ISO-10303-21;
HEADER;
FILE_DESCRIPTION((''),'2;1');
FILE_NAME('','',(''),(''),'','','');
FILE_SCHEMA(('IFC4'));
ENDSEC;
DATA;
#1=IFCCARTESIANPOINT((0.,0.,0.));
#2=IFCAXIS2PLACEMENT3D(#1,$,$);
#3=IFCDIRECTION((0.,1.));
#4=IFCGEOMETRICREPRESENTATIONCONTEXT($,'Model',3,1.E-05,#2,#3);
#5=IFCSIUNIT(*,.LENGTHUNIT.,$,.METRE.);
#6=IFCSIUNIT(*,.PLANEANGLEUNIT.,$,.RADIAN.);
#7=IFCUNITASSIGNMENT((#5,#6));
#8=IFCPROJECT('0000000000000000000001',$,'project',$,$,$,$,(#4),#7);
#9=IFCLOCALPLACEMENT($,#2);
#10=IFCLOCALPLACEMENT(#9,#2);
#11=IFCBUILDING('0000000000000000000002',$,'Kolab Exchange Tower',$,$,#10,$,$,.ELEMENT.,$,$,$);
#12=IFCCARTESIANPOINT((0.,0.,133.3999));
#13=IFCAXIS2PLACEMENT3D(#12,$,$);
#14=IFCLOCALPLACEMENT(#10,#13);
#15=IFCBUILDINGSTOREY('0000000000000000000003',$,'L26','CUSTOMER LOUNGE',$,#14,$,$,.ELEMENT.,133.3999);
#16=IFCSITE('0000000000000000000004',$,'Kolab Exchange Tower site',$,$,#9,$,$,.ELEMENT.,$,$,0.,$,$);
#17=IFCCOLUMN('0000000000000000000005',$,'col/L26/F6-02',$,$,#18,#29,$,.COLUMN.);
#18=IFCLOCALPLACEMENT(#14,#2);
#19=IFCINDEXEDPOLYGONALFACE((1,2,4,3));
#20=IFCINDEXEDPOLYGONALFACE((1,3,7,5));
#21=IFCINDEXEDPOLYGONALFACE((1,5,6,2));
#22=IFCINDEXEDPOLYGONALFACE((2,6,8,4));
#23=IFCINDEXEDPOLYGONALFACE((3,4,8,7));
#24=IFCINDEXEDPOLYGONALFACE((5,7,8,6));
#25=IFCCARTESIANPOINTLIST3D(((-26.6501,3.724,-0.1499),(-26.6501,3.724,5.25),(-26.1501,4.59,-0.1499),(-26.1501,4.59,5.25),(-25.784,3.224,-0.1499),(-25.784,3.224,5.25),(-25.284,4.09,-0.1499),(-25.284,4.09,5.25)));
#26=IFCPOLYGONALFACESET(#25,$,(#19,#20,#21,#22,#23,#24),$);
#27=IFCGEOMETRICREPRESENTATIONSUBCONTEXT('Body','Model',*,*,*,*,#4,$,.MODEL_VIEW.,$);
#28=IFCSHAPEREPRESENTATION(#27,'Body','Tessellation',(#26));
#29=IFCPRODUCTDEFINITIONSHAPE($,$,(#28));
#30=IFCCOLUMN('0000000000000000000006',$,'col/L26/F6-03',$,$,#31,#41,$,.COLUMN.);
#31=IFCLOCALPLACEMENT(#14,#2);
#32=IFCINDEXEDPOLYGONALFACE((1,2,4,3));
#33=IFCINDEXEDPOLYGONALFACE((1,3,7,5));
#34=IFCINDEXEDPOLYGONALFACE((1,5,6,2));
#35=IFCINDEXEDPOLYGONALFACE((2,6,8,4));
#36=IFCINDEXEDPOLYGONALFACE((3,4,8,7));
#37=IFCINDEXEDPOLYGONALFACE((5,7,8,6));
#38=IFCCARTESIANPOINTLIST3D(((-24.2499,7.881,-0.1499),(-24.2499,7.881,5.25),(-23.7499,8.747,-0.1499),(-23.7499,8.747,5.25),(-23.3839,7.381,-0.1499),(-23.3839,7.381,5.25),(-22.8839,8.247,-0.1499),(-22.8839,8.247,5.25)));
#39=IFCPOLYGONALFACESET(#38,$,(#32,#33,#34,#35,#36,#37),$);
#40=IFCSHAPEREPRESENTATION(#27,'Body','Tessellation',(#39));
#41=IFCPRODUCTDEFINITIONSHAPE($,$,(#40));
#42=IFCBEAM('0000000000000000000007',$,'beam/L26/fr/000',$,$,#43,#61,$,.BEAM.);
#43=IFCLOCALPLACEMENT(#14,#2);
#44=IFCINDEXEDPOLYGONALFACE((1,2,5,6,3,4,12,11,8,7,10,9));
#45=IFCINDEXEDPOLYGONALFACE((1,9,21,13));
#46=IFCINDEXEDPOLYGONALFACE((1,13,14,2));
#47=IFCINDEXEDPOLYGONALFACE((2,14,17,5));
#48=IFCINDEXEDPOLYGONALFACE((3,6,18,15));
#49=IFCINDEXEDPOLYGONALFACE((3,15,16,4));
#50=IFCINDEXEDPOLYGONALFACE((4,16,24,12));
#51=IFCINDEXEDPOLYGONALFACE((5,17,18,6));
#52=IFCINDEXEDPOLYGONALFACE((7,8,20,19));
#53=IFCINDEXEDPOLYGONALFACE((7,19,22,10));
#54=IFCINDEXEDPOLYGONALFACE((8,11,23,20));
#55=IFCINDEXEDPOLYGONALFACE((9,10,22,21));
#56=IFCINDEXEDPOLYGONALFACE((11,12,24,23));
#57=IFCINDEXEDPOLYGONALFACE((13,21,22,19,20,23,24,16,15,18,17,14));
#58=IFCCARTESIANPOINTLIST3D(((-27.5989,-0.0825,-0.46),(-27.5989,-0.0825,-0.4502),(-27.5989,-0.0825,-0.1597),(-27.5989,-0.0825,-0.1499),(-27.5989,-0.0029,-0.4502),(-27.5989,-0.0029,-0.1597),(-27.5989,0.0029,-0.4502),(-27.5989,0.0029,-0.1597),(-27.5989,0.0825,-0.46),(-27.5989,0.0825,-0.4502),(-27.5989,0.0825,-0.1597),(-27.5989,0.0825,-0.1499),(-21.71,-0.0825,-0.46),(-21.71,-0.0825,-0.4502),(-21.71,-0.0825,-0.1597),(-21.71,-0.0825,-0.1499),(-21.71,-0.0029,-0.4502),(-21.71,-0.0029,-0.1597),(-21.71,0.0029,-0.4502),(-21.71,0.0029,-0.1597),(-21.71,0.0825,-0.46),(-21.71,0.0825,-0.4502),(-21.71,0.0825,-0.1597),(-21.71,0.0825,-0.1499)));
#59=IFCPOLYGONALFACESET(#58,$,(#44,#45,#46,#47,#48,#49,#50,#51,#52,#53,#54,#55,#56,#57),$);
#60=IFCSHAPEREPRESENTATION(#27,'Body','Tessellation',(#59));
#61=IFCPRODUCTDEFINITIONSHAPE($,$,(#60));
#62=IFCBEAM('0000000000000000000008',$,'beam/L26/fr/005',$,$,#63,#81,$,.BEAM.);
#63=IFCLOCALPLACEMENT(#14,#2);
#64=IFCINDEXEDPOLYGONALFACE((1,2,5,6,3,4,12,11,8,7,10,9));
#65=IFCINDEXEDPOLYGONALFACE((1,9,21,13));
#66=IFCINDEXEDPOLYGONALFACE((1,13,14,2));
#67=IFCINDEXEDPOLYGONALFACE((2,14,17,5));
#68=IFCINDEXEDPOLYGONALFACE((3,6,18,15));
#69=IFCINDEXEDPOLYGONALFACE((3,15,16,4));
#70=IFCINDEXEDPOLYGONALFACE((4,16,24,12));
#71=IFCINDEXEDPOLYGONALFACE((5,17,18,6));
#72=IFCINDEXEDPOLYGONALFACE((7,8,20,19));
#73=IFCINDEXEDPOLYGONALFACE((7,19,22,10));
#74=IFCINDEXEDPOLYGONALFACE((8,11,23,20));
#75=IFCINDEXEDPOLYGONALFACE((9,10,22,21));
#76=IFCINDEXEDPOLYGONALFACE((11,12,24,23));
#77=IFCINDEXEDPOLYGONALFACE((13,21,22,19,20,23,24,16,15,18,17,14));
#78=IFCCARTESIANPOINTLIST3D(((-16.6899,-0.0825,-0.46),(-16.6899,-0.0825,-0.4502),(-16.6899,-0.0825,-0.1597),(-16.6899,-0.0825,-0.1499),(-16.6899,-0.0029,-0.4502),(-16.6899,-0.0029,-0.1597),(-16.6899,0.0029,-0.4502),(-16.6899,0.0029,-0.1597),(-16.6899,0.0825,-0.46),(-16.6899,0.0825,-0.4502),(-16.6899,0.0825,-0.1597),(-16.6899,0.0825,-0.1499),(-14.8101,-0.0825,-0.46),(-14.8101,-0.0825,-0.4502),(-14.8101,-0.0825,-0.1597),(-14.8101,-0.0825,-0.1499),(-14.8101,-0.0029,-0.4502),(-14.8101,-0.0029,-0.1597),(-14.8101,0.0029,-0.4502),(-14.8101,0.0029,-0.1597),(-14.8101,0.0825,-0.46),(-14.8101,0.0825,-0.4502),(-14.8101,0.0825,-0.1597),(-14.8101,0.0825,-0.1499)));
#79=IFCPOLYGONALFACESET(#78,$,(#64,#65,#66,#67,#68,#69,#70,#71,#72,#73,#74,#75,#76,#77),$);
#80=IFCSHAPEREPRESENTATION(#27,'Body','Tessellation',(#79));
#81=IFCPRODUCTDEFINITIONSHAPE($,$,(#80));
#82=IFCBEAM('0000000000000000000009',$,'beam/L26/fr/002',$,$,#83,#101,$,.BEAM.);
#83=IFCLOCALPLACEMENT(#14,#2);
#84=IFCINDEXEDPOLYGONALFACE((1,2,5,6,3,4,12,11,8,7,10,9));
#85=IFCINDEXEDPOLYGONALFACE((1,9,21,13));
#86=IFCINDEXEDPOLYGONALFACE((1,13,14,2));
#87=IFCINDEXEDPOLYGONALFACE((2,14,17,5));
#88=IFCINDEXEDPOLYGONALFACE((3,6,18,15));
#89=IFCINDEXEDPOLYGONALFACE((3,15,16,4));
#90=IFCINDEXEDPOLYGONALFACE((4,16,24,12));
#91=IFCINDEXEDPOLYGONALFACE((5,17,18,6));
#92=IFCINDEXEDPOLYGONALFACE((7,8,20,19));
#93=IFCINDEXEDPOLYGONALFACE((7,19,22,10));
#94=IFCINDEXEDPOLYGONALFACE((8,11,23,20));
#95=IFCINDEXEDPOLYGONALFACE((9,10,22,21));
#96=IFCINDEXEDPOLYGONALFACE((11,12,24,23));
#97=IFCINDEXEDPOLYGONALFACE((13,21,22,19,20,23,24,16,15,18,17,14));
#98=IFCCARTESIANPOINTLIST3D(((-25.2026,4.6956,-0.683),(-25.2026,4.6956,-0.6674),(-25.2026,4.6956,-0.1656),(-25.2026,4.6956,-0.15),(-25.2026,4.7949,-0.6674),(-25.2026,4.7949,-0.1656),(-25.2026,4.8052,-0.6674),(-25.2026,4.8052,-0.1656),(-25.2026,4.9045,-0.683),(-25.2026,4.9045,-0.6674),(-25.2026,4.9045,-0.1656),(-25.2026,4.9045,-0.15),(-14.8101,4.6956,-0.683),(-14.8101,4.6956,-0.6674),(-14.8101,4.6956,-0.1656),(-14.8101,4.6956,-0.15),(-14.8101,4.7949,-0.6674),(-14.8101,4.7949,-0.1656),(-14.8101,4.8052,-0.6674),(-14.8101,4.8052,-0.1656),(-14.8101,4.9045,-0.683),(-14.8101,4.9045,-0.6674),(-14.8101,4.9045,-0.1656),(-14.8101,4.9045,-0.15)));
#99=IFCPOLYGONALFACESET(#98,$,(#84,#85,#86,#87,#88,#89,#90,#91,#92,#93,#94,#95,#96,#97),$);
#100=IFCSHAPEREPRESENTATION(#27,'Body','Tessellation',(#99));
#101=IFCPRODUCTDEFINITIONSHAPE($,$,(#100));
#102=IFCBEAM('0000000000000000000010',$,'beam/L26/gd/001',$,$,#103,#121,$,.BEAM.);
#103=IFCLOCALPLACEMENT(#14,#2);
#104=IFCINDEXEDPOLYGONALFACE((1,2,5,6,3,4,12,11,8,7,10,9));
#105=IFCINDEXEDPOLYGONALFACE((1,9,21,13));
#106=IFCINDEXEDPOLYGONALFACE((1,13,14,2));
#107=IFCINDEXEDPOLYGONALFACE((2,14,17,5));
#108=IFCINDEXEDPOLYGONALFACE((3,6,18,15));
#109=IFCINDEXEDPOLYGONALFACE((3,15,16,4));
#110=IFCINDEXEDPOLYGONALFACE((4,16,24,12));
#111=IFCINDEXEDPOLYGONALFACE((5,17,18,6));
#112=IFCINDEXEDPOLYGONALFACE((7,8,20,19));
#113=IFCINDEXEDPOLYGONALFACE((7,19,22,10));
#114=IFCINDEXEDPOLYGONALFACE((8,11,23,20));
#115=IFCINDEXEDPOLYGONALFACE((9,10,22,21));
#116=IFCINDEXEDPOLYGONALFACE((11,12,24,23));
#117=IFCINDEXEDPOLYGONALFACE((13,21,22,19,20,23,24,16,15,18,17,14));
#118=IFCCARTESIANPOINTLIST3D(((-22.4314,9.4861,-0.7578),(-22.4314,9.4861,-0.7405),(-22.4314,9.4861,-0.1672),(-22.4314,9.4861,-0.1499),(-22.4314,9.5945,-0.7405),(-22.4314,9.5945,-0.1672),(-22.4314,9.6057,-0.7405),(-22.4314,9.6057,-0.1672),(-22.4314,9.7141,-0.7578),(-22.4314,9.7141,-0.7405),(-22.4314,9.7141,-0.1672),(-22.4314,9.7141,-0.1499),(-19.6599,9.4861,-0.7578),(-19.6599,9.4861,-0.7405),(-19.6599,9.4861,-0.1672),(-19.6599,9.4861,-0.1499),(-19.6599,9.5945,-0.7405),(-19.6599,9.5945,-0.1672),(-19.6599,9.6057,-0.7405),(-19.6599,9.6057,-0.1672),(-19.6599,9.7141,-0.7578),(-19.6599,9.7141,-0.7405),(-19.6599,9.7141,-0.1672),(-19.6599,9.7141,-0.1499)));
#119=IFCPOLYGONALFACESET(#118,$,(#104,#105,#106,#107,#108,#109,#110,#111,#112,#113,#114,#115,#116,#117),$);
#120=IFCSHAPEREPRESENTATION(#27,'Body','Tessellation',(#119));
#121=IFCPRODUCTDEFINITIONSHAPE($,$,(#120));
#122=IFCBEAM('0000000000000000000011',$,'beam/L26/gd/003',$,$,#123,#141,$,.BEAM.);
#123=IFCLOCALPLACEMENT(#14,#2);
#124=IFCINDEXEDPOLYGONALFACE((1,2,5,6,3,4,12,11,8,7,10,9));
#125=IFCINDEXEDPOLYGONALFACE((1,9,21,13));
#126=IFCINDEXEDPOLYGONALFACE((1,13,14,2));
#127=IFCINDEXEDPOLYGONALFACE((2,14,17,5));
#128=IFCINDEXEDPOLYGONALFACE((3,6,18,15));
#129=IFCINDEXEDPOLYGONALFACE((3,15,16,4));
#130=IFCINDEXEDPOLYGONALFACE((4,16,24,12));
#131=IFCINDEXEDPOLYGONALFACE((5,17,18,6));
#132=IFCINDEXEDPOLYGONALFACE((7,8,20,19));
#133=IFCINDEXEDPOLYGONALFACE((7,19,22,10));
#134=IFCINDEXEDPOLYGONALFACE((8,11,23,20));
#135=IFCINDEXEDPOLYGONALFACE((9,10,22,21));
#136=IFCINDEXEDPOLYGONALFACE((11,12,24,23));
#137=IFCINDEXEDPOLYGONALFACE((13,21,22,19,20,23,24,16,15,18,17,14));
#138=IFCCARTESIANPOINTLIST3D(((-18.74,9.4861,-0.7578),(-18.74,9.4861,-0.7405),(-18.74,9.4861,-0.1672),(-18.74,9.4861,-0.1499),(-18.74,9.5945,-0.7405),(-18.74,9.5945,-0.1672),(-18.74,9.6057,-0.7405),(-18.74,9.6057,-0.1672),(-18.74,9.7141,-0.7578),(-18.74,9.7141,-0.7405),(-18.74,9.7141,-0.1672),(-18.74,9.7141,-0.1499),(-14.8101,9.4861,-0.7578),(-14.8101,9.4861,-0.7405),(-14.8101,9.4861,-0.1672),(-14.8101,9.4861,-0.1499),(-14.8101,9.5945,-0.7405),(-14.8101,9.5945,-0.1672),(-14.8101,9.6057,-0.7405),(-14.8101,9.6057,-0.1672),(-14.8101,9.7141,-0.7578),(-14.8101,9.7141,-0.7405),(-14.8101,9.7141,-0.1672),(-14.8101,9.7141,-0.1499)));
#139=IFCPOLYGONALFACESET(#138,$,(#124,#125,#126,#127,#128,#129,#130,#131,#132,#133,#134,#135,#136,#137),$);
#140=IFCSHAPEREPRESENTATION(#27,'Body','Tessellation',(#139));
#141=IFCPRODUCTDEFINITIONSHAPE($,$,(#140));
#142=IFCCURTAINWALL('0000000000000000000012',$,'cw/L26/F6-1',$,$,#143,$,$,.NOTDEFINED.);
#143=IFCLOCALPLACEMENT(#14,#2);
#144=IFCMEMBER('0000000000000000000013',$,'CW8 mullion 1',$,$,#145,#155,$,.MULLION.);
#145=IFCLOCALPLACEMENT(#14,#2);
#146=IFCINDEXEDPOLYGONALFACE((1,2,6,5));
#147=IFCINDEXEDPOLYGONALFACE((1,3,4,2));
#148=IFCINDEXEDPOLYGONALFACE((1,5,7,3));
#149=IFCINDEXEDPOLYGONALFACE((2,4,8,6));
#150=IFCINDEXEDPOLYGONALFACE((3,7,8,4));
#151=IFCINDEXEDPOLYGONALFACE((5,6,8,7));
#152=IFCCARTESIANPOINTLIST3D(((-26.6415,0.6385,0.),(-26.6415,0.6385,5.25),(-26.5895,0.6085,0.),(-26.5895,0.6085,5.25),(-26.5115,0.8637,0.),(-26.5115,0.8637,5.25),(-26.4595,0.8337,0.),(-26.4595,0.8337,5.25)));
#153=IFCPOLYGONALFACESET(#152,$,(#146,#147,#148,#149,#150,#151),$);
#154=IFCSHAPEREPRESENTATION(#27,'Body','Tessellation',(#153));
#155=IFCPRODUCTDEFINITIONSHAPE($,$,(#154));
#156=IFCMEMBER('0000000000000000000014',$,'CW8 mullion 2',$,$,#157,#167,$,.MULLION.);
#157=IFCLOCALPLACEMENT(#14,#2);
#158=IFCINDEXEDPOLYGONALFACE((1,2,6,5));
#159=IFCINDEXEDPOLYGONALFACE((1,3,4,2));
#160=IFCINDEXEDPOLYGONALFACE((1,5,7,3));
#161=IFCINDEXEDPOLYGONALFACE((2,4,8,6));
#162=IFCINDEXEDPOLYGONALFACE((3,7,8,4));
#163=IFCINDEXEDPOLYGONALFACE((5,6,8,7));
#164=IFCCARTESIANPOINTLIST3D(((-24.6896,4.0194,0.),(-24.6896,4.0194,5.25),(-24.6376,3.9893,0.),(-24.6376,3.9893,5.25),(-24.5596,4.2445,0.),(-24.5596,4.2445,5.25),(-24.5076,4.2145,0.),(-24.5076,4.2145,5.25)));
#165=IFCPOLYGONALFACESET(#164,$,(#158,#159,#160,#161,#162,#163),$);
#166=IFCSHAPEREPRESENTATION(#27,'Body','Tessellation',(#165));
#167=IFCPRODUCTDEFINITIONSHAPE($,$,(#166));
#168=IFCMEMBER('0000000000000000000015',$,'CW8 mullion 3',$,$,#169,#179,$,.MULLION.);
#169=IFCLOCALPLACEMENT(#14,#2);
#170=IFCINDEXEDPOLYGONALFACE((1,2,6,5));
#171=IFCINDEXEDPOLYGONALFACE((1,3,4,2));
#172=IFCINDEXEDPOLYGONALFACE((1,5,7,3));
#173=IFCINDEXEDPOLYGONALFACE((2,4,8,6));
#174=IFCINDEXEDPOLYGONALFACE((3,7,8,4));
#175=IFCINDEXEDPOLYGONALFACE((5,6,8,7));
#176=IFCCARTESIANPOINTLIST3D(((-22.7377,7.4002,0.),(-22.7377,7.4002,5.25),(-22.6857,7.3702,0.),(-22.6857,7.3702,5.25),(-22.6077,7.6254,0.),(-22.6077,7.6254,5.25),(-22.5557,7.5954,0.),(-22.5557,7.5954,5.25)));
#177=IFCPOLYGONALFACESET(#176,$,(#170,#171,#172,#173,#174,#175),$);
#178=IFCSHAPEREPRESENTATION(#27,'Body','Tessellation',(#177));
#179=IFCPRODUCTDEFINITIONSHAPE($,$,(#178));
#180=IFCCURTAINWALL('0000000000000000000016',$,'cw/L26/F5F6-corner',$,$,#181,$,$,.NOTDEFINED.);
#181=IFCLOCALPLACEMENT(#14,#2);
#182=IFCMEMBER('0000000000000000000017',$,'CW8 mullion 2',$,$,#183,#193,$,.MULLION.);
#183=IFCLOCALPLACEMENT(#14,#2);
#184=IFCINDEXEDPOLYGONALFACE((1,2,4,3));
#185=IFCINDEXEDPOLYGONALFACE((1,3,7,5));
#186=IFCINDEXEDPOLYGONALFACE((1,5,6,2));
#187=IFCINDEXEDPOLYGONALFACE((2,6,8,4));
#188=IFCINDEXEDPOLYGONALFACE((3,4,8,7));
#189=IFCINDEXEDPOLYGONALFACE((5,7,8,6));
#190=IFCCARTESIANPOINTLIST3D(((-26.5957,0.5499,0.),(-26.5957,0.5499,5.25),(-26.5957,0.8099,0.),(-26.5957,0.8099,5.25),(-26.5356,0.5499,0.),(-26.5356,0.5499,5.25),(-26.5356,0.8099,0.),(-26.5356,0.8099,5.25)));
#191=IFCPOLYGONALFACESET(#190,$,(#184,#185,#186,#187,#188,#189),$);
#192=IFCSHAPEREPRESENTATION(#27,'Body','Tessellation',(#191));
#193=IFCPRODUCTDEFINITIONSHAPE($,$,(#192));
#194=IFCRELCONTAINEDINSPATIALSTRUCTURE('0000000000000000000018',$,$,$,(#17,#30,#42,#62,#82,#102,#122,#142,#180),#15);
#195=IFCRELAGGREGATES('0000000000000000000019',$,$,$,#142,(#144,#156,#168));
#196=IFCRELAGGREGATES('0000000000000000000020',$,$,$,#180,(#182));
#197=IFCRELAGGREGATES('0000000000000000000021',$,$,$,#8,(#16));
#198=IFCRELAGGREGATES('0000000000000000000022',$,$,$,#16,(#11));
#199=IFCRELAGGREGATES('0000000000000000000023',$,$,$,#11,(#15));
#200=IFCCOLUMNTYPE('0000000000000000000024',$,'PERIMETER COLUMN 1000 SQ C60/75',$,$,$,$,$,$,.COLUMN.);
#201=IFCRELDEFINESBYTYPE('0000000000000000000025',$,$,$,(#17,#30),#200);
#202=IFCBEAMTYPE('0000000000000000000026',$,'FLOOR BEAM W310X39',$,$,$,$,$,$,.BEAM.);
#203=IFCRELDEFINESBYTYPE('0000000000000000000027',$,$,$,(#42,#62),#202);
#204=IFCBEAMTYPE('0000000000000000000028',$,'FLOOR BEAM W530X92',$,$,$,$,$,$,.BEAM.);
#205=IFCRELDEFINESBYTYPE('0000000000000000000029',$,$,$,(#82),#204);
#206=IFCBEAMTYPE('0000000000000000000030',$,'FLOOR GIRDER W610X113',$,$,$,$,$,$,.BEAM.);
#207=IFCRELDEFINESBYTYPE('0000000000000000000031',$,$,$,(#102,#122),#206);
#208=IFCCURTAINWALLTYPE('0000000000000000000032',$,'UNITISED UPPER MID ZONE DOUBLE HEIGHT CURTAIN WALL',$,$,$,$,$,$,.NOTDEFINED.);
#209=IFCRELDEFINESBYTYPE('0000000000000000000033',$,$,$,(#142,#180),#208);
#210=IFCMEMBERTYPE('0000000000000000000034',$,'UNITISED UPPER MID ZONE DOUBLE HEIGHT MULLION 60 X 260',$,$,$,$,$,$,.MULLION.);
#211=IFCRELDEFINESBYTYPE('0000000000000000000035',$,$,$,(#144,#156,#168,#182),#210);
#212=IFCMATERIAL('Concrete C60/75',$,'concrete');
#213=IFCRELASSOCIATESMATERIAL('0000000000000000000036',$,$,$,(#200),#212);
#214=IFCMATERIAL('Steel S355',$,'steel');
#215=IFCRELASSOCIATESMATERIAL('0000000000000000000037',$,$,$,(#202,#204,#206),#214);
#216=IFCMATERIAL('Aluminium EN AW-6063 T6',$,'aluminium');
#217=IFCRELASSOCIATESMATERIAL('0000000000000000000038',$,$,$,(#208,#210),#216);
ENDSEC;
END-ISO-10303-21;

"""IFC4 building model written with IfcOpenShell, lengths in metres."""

from ifc_helpers import new_model, si_unit, direction, frame, origin, origin_2d, place, context, subcontext, project, spatial, rectangle, i_section, extrude, material, material_profile, profile_set, type_object, element, aggregate, save


model = new_model("IFC4")

# Units and contexts
model_context = context("Model", 3, precision=1e-05, world=origin(), true_north=direction((0.0, 1.0)))
body_context = subcontext(model_context, "Body", "Model", "MODEL_VIEW")
ifc_project = project(units=[si_unit("LENGTHUNIT", "METRE"), si_unit("PLANEANGLEUNIT", "RADIAN")], contexts=[model_context])

# Site, building, storey
site_placement = place(None, origin())
site = spatial("IfcSite", under=ifc_project, at=site_placement, Name="Kolab Exchange Tower site", CompositionType="ELEMENT", RefElevation=0.0)
building_placement = place(site_placement, origin())
building = spatial("IfcBuilding", under=site, at=building_placement, Name="Kolab Exchange Tower", CompositionType="ELEMENT")
storey_placement = place(building_placement, frame((0.0, 0.0, 133.3999)))
storey = spatial("IfcBuildingStorey", under=building, at=storey_placement, Name="L26", Description="CUSTOMER LOUNGE", CompositionType="ELEMENT", Elevation=133.3999)

# Columns
ifc_material_1 = material(Name="Concrete C60/75", Category="concrete")
ifc_material_profile_1 = material_profile(ifc_material_1, rectangle(XDim=1.0, YDim=1.0, at=origin_2d()), Name="RC1000")
ifc_profile_set_1 = profile_set([ifc_material_profile_1], Name="Concrete C60/75")
column_type = type_object("IfcColumnType", Name="PERIMETER COLUMN 1000 SQ C60/75", PredefinedType="COLUMN", material=ifc_profile_set_1)
for number, where, z_axis, x_axis, name in (
    (1, (-25.967, 3.907, -0.1499), (0.0, 0.0, 1.0), (0.5, 0.866025, 0.0), "col/L26/F6-02"),
    (2, (-23.5669, 8.064, -0.1499), (0.0, 0.0, 1.0), (0.5, 0.866025, 0.0), "col/L26/F6-03"),
):
    element("IfcColumn", number, at=place(storey_placement, frame(where, z_axis=z_axis, x_axis=x_axis)), inside=storey, type_object=column_type, Name=name, PredefinedType="COLUMN", context=body_context, shape_type="SweptSolid", body=[
        extrude(rectangle(XDim=1.0, YDim=1.0, at=origin_2d()), origin(), (0.0, 0.0, 1.0), 5.3999),
    ])

# Beams
ifc_material_2 = material(Name="Steel S355", Category="steel")
ifc_material_profile_2 = material_profile(ifc_material_2, i_section(OverallWidth=0.165, OverallDepth=0.3101, WebThickness=0.0059, FlangeThickness=0.0098, at=origin_2d()), Name="W310X39")
ifc_profile_set_2 = profile_set([ifc_material_profile_2], Name="Steel S355")
beam_type_1 = type_object("IfcBeamType", Name="FLOOR BEAM W310X39", PredefinedType="BEAM", material=ifc_profile_set_2)
beam_1_placement = place(storey_placement, frame((-27.5989, 0.0, -0.3049), z_axis=(1.0, 0.0, 0.0), x_axis=(0.0, 1.0, 0.0)))
element("IfcBeam", 3, at=beam_1_placement, inside=storey, type_object=beam_type_1, Name="beam/L26/fr/000", PredefinedType="BEAM", context=body_context, shape_type="SweptSolid", body=[
    extrude(i_section(OverallWidth=0.165, OverallDepth=0.3101, WebThickness=0.0059, FlangeThickness=0.0098, at=origin_2d()), origin(), (0.0, 0.0, 1.0), 5.8889),
])
beam_2_placement = place(storey_placement, frame((-16.6899, 0.0, -0.3049), z_axis=(1.0, 0.0, 0.0), x_axis=(0.0, 1.0, 0.0)))
element("IfcBeam", 4, at=beam_2_placement, inside=storey, type_object=beam_type_1, Name="beam/L26/fr/005", PredefinedType="BEAM", context=body_context, shape_type="SweptSolid", body=[
    extrude(i_section(OverallWidth=0.165, OverallDepth=0.3101, WebThickness=0.0059, FlangeThickness=0.0098, at=origin_2d()), origin(), (0.0, 0.0, 1.0), 1.8799),
])
ifc_material_profile_3 = material_profile(ifc_material_2, i_section(OverallWidth=0.209, OverallDepth=0.533, WebThickness=0.0103, FlangeThickness=0.0156, at=origin_2d()), Name="W530X92")
ifc_profile_set_3 = profile_set([ifc_material_profile_3], Name="Steel S355")
beam_type_2 = type_object("IfcBeamType", Name="FLOOR BEAM W530X92", PredefinedType="BEAM", material=ifc_profile_set_3)
beam_3_placement = place(storey_placement, frame((-25.2026, 4.8, -0.4165), z_axis=(1.0, 0.0, 0.0), x_axis=(0.0, 1.0, 0.0)))
element("IfcBeam", 5, at=beam_3_placement, inside=storey, type_object=beam_type_2, Name="beam/L26/fr/002", PredefinedType="BEAM", context=body_context, shape_type="SweptSolid", body=[
    extrude(i_section(OverallWidth=0.209, OverallDepth=0.533, WebThickness=0.0103, FlangeThickness=0.0156, at=origin_2d()), origin(), (0.0, 0.0, 1.0), 10.3926),
])
ifc_material_profile_4 = material_profile(ifc_material_2, i_section(OverallWidth=0.228, OverallDepth=0.6079, WebThickness=0.0112, FlangeThickness=0.0173, at=origin_2d()), Name="W610X113")
ifc_profile_set_4 = profile_set([ifc_material_profile_4], Name="Steel S355")
beam_type_3 = type_object("IfcBeamType", Name="FLOOR GIRDER W610X113", PredefinedType="BEAM", material=ifc_profile_set_4)
beam_4_placement = place(storey_placement, frame((-22.4314, 9.6001, -0.4539), z_axis=(1.0, 0.0, 0.0), x_axis=(0.0, 1.0, 0.0)))
element("IfcBeam", 6, at=beam_4_placement, inside=storey, type_object=beam_type_3, Name="beam/L26/gd/001", PredefinedType="BEAM", context=body_context, shape_type="SweptSolid", body=[
    extrude(i_section(OverallWidth=0.228, OverallDepth=0.6079, WebThickness=0.0112, FlangeThickness=0.0173, at=origin_2d()), origin(), (0.0, 0.0, 1.0), 2.7715),
])
beam_5_placement = place(storey_placement, frame((-18.74, 9.6001, -0.4539), z_axis=(1.0, 0.0, 0.0), x_axis=(0.0, 1.0, 0.0)))
element("IfcBeam", 7, at=beam_5_placement, inside=storey, type_object=beam_type_3, Name="beam/L26/gd/003", PredefinedType="BEAM", context=body_context, shape_type="SweptSolid", body=[
    extrude(i_section(OverallWidth=0.228, OverallDepth=0.6079, WebThickness=0.0112, FlangeThickness=0.0173, at=origin_2d()), origin(), (0.0, 0.0, 1.0), 3.9299),
])

# Curtain wall, members
ifc_material_3 = material(Name="Aluminium EN AW-6063 T6", Category="aluminium")
curtain_wall_type = type_object("IfcCurtainWallType", Name="UNITISED UPPER MID ZONE DOUBLE HEIGHT CURTAIN WALL", PredefinedType="NOTDEFINED", material=ifc_material_3)
curtain_wall_1_placement = place(storey_placement, origin())
curtain_wall_1 = element("IfcCurtainWall", 8, at=curtain_wall_1_placement, inside=storey, type_object=curtain_wall_type, Name="cw/L26/F6-1", PredefinedType="NOTDEFINED")
ifc_material_profile_5 = material_profile(ifc_material_3, rectangle(XDim=0.0601, YDim=0.26, at=origin_2d()), Name="RECT 60X260")
ifc_profile_set_5 = profile_set([ifc_material_profile_5], Name="Aluminium EN AW-6063 T6")
member_type_1 = type_object("IfcMemberType", Name="UNITISED UPPER MID ZONE DOUBLE HEIGHT MULLION 60 X 260", PredefinedType="MULLION", material=ifc_profile_set_5)
member_1_placement = place(storey_placement, frame((-26.5505, 0.7361, 0.0), z_axis=(0.0, 0.0, 1.0), x_axis=(-0.866025, 0.5, 0.0)))
member_1 = element("IfcMember", 9, at=member_1_placement, type_object=member_type_1, Name="CW8 mullion 1", PredefinedType="MULLION", context=body_context, shape_type="SweptSolid", body=[
    extrude(rectangle(XDim=0.0601, YDim=0.26, at=origin_2d()), origin(), (0.0, 0.0, 1.0), 5.25),
])
member_2_placement = place(storey_placement, frame((-24.5986, 4.1169, 0.0), z_axis=(0.0, 0.0, 1.0), x_axis=(-0.866025, 0.5, 0.0)))
member_2 = element("IfcMember", 10, at=member_2_placement, type_object=member_type_1, Name="CW8 mullion 2", PredefinedType="MULLION", context=body_context, shape_type="SweptSolid", body=[
    extrude(rectangle(XDim=0.0601, YDim=0.26, at=origin_2d()), origin(), (0.0, 0.0, 1.0), 5.25),
])
member_3_placement = place(storey_placement, frame((-22.6467, 7.4978, 0.0), z_axis=(0.0, 0.0, 1.0), x_axis=(-0.866025, 0.5, 0.0)))
member_3 = element("IfcMember", 11, at=member_3_placement, type_object=member_type_1, Name="CW8 mullion 3", PredefinedType="MULLION", context=body_context, shape_type="SweptSolid", body=[
    extrude(rectangle(XDim=0.0601, YDim=0.26, at=origin_2d()), origin(), (0.0, 0.0, 1.0), 5.25),
])

# Curtain wall, member
curtain_wall_2_placement = place(storey_placement, origin())
curtain_wall_2 = element("IfcCurtainWall", 12, at=curtain_wall_2_placement, inside=storey, type_object=curtain_wall_type, Name="cw/L26/F5F6-corner", PredefinedType="NOTDEFINED")
member_4_placement = place(storey_placement, frame((-26.5657, 0.6799, 0.0), z_axis=(0.0, 0.0, 1.0), x_axis=(-1.0, 0.0, 0.0)))
member_4 = element("IfcMember", 13, at=member_4_placement, type_object=member_type_1, Name="CW8 mullion 2", PredefinedType="MULLION", context=body_context, shape_type="SweptSolid", body=[
    extrude(rectangle(XDim=0.0601, YDim=0.26, at=origin_2d()), origin(), (0.0, 0.0, 1.0), 5.25),
])

aggregate(curtain_wall_1, [member_1, member_2, member_3])
aggregate(curtain_wall_2, [member_4])

save(model, "model.ifc")
